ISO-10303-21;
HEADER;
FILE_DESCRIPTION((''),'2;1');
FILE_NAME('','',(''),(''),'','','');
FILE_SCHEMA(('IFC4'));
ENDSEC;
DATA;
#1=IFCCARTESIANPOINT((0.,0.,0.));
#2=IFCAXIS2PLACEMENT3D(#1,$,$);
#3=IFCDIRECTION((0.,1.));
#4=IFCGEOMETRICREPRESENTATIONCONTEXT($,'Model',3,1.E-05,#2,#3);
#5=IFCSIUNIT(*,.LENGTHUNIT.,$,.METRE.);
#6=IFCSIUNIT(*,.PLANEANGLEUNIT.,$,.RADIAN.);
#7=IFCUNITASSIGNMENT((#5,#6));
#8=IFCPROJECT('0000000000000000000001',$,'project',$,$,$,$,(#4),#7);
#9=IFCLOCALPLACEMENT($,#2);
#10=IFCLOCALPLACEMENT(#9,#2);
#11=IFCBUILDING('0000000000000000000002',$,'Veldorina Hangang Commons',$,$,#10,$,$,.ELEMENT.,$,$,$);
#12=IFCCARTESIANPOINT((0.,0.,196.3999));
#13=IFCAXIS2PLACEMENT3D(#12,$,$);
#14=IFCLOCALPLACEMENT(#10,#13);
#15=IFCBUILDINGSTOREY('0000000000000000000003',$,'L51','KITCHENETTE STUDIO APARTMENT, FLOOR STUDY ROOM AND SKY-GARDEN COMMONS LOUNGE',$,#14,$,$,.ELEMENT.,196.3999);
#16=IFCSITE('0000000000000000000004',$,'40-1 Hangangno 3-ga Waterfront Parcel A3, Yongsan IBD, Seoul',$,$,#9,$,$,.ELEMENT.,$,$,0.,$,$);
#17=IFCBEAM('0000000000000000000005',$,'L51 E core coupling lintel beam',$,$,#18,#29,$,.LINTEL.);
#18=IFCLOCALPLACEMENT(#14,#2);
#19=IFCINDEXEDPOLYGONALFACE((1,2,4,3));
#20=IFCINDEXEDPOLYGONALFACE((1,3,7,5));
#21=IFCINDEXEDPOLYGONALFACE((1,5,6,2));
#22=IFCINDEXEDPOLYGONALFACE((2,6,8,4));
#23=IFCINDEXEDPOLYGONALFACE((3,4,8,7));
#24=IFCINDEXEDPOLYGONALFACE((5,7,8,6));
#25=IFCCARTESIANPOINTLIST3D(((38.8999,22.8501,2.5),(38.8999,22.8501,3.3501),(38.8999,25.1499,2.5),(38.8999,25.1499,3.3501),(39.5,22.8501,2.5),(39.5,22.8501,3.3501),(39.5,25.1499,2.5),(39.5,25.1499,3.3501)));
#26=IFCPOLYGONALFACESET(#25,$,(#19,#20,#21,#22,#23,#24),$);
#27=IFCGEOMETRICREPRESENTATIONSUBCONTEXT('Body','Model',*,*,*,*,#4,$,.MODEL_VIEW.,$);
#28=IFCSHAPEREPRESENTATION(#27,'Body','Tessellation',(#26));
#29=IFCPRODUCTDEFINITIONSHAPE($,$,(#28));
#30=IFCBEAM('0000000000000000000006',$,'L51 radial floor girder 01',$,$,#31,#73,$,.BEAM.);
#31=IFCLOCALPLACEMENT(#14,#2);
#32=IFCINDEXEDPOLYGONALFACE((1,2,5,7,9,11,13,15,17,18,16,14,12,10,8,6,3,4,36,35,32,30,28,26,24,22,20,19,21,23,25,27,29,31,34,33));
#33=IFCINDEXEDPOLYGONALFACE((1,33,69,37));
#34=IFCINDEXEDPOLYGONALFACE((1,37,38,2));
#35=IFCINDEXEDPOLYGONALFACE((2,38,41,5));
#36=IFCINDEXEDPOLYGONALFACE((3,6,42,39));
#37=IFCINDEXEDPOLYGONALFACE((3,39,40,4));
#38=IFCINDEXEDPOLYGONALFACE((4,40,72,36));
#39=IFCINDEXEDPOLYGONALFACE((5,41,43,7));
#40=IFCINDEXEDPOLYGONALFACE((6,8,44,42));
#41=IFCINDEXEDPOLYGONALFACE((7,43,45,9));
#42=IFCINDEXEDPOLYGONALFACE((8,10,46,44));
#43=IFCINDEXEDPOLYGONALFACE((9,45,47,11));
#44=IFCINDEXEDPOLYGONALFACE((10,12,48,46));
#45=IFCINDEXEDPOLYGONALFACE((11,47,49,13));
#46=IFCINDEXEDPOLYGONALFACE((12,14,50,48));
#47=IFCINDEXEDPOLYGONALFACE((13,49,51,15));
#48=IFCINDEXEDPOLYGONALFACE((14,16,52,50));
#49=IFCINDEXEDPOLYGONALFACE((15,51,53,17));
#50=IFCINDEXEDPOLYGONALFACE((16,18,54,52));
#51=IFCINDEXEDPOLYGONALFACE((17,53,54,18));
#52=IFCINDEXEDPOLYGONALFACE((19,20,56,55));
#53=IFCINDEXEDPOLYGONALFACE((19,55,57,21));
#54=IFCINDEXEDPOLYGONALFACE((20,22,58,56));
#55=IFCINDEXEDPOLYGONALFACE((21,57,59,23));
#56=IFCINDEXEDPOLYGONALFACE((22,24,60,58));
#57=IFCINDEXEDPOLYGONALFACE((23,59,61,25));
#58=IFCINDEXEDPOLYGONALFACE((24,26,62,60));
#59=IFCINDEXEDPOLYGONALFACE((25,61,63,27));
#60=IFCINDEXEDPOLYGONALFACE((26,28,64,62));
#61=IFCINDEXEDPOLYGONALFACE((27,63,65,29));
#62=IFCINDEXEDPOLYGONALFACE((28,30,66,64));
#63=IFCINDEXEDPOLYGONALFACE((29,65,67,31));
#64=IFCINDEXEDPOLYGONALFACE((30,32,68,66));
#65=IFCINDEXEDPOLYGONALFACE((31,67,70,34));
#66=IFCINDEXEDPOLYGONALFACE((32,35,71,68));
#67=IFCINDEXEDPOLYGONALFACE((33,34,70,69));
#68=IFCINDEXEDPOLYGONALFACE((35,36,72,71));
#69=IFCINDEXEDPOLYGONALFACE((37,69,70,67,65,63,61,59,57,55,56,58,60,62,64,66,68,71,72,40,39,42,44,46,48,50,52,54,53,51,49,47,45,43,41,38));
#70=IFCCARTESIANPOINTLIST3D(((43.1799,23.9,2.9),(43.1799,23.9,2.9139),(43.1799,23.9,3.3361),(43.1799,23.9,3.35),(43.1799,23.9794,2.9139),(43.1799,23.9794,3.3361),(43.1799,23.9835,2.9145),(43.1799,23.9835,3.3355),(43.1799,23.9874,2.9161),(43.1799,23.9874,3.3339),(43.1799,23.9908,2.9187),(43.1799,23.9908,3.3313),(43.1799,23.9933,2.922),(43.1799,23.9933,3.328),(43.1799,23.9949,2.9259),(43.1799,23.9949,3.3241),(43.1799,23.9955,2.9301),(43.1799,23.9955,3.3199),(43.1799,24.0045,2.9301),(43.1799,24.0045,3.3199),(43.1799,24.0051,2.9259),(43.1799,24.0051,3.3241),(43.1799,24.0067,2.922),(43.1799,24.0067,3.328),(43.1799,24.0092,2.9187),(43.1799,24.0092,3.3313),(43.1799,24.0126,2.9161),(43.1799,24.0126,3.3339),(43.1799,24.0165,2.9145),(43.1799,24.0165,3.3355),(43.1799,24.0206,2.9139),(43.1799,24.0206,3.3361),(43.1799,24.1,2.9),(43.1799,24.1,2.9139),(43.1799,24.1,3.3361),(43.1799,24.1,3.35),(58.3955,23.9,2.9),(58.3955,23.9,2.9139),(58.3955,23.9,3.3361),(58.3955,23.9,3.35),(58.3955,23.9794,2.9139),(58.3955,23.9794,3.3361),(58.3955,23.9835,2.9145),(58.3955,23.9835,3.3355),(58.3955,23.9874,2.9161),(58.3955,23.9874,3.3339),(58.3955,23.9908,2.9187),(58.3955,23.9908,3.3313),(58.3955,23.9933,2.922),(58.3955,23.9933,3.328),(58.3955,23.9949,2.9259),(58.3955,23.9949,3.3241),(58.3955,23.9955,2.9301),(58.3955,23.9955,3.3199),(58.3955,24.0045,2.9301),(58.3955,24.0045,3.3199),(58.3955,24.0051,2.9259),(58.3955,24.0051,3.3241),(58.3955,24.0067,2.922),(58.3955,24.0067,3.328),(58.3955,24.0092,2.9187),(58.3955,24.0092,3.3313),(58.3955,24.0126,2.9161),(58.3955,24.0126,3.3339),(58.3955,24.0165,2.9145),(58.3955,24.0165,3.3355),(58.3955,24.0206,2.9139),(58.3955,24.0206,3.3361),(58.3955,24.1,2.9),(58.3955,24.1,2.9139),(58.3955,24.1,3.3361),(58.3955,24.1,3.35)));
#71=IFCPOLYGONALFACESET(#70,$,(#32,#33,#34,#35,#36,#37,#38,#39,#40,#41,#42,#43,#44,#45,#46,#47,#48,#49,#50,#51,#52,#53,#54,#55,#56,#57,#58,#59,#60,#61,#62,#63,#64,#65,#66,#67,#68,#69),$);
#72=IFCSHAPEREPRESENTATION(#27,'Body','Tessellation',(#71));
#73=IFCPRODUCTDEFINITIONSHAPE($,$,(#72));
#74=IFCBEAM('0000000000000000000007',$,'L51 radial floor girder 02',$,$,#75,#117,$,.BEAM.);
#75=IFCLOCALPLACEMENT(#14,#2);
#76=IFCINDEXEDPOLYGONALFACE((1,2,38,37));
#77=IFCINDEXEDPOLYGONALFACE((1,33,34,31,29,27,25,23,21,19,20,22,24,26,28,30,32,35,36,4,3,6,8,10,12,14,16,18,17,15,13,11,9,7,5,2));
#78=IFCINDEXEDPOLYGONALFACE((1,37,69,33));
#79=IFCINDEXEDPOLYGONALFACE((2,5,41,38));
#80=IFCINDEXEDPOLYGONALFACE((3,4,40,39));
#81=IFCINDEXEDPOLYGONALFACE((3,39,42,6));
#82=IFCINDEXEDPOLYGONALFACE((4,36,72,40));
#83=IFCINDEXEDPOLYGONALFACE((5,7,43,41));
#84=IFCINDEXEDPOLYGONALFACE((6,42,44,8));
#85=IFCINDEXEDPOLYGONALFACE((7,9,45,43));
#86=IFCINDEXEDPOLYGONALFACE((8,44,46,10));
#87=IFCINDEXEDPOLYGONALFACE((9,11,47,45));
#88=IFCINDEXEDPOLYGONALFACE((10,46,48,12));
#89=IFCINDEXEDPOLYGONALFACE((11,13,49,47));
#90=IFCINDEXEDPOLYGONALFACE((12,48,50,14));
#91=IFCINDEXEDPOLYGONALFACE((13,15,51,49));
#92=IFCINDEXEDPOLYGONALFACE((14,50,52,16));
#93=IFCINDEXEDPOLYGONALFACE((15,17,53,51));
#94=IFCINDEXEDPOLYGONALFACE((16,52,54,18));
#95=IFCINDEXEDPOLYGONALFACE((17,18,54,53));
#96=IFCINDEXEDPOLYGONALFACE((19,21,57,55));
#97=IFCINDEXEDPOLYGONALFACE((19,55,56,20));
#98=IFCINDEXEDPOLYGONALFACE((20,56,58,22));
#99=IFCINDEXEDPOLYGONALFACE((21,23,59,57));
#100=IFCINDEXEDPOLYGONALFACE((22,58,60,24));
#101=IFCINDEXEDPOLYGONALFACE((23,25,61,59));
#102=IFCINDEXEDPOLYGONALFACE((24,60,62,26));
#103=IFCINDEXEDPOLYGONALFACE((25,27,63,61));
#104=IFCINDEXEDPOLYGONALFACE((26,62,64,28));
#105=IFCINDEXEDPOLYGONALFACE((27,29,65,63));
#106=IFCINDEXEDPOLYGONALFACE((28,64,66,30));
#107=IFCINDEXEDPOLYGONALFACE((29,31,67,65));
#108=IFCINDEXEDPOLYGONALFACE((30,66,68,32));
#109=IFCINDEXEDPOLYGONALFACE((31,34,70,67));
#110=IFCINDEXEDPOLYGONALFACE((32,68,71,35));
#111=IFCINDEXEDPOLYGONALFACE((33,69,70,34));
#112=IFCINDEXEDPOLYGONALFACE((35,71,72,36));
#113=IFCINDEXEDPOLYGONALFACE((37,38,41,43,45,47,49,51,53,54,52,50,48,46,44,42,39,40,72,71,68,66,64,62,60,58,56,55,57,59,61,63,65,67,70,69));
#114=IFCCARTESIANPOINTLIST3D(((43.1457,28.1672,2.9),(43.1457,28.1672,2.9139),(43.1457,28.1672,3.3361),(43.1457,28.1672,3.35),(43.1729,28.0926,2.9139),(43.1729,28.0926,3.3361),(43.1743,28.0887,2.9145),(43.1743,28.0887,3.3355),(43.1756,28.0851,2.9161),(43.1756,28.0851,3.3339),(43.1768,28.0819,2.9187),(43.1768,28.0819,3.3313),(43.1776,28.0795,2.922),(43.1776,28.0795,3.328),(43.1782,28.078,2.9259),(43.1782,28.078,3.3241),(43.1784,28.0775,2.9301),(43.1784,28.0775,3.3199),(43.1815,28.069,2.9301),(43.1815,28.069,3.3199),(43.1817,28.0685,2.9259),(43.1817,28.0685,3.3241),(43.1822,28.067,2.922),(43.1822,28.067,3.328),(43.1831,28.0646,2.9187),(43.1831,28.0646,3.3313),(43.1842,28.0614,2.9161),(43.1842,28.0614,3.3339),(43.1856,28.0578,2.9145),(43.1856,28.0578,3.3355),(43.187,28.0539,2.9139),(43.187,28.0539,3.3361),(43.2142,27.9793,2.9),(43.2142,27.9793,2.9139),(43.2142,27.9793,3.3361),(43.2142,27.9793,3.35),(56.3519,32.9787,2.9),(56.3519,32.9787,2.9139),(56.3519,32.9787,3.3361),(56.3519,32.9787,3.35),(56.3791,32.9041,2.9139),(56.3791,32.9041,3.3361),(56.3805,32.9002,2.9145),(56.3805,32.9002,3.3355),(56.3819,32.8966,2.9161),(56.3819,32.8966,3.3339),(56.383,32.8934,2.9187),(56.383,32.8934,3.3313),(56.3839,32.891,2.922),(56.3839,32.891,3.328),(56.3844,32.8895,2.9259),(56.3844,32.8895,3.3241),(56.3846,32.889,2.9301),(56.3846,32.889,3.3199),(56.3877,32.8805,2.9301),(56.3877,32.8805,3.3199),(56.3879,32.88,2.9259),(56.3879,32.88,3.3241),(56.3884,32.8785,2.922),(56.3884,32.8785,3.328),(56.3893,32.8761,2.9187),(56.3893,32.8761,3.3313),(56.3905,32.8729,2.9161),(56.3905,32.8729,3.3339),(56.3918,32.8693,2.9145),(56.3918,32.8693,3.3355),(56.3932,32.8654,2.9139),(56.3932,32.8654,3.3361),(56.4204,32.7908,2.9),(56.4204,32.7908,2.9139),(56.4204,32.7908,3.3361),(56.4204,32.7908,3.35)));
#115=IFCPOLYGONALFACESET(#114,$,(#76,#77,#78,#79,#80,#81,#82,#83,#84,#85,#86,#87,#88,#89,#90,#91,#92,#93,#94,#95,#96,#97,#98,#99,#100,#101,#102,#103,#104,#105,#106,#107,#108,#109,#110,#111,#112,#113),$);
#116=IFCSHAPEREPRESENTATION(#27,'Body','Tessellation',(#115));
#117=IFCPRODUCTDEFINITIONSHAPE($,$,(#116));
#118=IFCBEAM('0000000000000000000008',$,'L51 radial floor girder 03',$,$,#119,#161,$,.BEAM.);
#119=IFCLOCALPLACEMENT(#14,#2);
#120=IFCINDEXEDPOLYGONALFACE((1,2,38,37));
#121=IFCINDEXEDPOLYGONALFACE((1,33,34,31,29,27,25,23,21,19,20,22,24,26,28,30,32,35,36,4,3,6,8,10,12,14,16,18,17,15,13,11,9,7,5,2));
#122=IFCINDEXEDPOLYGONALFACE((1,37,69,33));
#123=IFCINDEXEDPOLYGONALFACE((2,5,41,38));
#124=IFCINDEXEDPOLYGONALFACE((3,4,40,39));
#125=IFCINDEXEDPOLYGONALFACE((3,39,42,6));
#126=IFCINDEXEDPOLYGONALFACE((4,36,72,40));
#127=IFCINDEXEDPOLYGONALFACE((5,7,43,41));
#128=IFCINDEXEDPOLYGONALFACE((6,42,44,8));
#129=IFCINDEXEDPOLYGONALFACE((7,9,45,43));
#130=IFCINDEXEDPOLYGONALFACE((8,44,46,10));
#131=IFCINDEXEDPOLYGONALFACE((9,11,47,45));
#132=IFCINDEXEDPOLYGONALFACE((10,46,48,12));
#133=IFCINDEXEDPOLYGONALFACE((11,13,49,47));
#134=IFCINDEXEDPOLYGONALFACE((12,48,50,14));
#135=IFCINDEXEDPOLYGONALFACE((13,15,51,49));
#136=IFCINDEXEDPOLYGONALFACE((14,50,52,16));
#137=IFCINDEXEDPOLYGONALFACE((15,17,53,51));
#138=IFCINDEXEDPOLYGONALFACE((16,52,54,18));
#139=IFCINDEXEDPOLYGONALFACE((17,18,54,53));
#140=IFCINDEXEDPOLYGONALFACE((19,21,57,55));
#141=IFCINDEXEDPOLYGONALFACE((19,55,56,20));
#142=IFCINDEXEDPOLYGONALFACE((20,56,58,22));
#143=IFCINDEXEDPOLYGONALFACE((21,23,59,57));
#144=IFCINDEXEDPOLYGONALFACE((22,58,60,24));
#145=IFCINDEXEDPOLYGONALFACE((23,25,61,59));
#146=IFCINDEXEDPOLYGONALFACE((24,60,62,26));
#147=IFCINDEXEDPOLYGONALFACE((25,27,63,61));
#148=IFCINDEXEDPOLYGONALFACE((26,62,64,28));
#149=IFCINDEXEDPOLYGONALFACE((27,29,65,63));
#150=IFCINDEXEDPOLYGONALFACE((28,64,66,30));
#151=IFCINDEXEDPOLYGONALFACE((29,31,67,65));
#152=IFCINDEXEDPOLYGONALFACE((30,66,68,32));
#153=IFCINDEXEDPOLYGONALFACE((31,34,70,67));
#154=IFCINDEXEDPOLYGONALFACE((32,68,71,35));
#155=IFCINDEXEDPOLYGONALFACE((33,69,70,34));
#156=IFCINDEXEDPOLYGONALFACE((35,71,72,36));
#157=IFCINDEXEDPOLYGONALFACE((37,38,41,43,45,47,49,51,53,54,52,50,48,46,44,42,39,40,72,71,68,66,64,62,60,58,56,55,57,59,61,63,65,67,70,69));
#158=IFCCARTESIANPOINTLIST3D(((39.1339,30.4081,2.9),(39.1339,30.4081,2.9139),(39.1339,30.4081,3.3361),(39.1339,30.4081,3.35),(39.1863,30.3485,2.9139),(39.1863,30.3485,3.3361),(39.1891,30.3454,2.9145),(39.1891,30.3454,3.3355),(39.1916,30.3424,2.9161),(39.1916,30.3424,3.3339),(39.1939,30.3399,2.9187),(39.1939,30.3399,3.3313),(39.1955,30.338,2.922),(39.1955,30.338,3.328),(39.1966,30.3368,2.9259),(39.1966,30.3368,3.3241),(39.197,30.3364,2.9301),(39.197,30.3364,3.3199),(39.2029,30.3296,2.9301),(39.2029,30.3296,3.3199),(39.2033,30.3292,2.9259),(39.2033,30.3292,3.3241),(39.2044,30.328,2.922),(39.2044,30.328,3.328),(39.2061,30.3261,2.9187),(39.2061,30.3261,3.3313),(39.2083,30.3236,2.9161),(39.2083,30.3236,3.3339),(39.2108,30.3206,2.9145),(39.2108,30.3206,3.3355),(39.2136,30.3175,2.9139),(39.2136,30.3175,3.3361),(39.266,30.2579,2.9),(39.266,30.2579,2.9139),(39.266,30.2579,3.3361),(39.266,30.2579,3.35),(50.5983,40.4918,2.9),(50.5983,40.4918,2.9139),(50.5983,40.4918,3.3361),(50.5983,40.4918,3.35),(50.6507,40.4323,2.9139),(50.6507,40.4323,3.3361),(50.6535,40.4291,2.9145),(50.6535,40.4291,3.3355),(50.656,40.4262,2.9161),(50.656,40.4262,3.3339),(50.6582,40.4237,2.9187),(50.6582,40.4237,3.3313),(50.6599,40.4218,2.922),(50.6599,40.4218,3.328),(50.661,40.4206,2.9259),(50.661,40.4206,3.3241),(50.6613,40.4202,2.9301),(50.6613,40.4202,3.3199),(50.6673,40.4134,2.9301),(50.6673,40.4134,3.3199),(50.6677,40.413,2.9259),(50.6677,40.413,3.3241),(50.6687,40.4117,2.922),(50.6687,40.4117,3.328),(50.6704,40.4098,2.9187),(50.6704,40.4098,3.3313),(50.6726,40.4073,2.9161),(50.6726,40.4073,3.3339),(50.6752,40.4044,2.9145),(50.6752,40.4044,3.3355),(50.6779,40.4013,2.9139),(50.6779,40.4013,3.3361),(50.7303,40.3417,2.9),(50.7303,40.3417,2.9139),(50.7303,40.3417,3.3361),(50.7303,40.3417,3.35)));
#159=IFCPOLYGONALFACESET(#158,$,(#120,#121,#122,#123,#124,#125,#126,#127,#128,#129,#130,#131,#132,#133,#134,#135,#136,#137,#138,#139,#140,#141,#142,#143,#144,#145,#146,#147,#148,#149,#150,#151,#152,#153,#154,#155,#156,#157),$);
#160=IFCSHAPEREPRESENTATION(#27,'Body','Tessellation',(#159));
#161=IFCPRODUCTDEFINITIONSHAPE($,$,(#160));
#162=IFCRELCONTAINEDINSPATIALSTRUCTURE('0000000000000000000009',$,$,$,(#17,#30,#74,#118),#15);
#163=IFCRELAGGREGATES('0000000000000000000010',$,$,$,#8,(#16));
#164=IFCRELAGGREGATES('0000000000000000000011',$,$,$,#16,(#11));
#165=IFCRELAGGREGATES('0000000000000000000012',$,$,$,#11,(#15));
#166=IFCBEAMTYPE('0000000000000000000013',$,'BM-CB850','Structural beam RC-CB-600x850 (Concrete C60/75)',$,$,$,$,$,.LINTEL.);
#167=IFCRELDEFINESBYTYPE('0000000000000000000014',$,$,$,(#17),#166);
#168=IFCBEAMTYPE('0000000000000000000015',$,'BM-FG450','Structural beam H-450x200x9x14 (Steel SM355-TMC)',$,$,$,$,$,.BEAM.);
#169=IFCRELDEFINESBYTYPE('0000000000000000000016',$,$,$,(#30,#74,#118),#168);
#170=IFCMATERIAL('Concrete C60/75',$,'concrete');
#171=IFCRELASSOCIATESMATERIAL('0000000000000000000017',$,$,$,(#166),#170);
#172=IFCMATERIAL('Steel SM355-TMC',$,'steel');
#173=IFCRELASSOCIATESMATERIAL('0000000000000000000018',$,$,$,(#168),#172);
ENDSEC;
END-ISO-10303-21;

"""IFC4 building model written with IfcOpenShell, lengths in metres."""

from ifc_helpers import new_model, si_unit, direction, frame, origin, origin_2d, place, context, subcontext, project, spatial, rectangle, i_section, extrude, material, material_profile, profile_set, type_object, element, save


model = new_model("IFC4")

# Units and contexts
model_context = context("Model", 3, precision=1e-05, world=origin(), true_north=direction((0.0, 1.0)))
body_context = subcontext(model_context, "Body", "Model", "MODEL_VIEW")
ifc_project = project(units=[si_unit("LENGTHUNIT", "METRE"), si_unit("PLANEANGLEUNIT", "RADIAN")], contexts=[model_context])

# Site, building, storey
site_placement = place(None, origin())
site = spatial("IfcSite", under=ifc_project, at=site_placement, Name="40-1 Hangangno 3-ga Waterfront Parcel A3, Yongsan IBD, Seoul", CompositionType="ELEMENT", RefElevation=0.0)
building_placement = place(site_placement, origin())
building = spatial("IfcBuilding", under=site, at=building_placement, Name="Veldorina Hangang Commons", CompositionType="ELEMENT")
storey_placement = place(building_placement, frame((0.0, 0.0, 196.3999)))
storey = spatial("IfcBuildingStorey", under=building, at=storey_placement, Name="L51", Description="KITCHENETTE STUDIO APARTMENT, FLOOR STUDY ROOM AND SKY-GARDEN COMMONS LOUNGE", CompositionType="ELEMENT", Elevation=196.3999)

# Beams
ifc_material_1 = material(Name="Concrete C60/75", Category="concrete")
ifc_material_profile_1 = material_profile(ifc_material_1, rectangle(XDim=0.6001, YDim=0.8501, at=origin_2d()), Name="RC-CB-600x850")
ifc_profile_set_1 = profile_set([ifc_material_profile_1], Name="Concrete C60/75")
beam_type_1 = type_object("IfcBeamType", Name="BM-CB850", Description="Structural beam RC-CB-600x850 (Concrete C60/75)", PredefinedType="LINTEL", material=ifc_profile_set_1)
beam_1_placement = place(storey_placement, frame((39.2, 22.8501, 2.925), z_axis=(0.0, 1.0, 0.0), x_axis=(-1.0, 0.0, 0.0)))
element("IfcBeam", 1, at=beam_1_placement, inside=storey, type_object=beam_type_1, Name="L51 E core coupling lintel beam", PredefinedType="LINTEL", context=body_context, shape_type="SweptSolid", body=[
    extrude(rectangle(XDim=0.6001, YDim=0.8501, at=origin_2d()), origin(), (0.0, 0.0, 1.0), 2.2998),
])
ifc_material_2 = material(Name="Steel SM355-TMC", Category="steel")
ifc_material_profile_2 = material_profile(ifc_material_2, i_section(OverallWidth=0.2, OverallDepth=0.45, WebThickness=0.009, FlangeThickness=0.0139, FilletRadius=0.0161, at=origin_2d()), Name="H-450x200x9x14")
ifc_profile_set_2 = profile_set([ifc_material_profile_2], Name="Steel SM355-TMC")
beam_type_2 = type_object("IfcBeamType", Name="BM-FG450", Description="Structural beam H-450x200x9x14 (Steel SM355-TMC)", PredefinedType="BEAM", material=ifc_profile_set_2)
beam_2_placement = place(storey_placement, frame((43.1799, 24.0, 3.125), z_axis=(1.0, 0.0, 0.0), x_axis=(0.0, 1.0, 0.0)))
element("IfcBeam", 2, at=beam_2_placement, inside=storey, type_object=beam_type_2, Name="L51 radial floor girder 01", PredefinedType="BEAM", context=body_context, shape_type="SweptSolid", body=[
    extrude(i_section(OverallWidth=0.2, OverallDepth=0.45, WebThickness=0.009, FlangeThickness=0.0139, FilletRadius=0.0161, at=origin_2d()), origin(), (0.0, 0.0, 1.0), 15.2156),
])
beam_3_placement = place(storey_placement, frame((43.1799, 28.0732, 3.125), z_axis=(0.939582, 0.342323, 0.0), x_axis=(-0.342323, 0.939582, 0.0)))
element("IfcBeam", 3, at=beam_3_placement, inside=storey, type_object=beam_type_2, Name="L51 radial floor girder 02", PredefinedType="BEAM", context=body_context, shape_type="SweptSolid", body=[
    extrude(i_section(OverallWidth=0.2, OverallDepth=0.45, WebThickness=0.009, FlangeThickness=0.0139, FilletRadius=0.0161, at=origin_2d()), origin(), (0.0, 0.0, 1.0), 14.0554),
])
beam_4_placement = place(storey_placement, frame((39.2, 30.333, 3.125), z_axis=(0.750872, 0.660447, 0.0), x_axis=(-0.660447, 0.750872, 0.0)))
element("IfcBeam", 4, at=beam_4_placement, inside=storey, type_object=beam_type_2, Name="L51 radial floor girder 03", PredefinedType="BEAM", context=body_context, shape_type="SweptSolid", body=[
    extrude(i_section(OverallWidth=0.2, OverallDepth=0.45, WebThickness=0.009, FlangeThickness=0.0139, FilletRadius=0.0161, at=origin_2d()), origin(), (0.0, 0.0, 1.0), 15.2681),
])

save(model, "model.ifc")
